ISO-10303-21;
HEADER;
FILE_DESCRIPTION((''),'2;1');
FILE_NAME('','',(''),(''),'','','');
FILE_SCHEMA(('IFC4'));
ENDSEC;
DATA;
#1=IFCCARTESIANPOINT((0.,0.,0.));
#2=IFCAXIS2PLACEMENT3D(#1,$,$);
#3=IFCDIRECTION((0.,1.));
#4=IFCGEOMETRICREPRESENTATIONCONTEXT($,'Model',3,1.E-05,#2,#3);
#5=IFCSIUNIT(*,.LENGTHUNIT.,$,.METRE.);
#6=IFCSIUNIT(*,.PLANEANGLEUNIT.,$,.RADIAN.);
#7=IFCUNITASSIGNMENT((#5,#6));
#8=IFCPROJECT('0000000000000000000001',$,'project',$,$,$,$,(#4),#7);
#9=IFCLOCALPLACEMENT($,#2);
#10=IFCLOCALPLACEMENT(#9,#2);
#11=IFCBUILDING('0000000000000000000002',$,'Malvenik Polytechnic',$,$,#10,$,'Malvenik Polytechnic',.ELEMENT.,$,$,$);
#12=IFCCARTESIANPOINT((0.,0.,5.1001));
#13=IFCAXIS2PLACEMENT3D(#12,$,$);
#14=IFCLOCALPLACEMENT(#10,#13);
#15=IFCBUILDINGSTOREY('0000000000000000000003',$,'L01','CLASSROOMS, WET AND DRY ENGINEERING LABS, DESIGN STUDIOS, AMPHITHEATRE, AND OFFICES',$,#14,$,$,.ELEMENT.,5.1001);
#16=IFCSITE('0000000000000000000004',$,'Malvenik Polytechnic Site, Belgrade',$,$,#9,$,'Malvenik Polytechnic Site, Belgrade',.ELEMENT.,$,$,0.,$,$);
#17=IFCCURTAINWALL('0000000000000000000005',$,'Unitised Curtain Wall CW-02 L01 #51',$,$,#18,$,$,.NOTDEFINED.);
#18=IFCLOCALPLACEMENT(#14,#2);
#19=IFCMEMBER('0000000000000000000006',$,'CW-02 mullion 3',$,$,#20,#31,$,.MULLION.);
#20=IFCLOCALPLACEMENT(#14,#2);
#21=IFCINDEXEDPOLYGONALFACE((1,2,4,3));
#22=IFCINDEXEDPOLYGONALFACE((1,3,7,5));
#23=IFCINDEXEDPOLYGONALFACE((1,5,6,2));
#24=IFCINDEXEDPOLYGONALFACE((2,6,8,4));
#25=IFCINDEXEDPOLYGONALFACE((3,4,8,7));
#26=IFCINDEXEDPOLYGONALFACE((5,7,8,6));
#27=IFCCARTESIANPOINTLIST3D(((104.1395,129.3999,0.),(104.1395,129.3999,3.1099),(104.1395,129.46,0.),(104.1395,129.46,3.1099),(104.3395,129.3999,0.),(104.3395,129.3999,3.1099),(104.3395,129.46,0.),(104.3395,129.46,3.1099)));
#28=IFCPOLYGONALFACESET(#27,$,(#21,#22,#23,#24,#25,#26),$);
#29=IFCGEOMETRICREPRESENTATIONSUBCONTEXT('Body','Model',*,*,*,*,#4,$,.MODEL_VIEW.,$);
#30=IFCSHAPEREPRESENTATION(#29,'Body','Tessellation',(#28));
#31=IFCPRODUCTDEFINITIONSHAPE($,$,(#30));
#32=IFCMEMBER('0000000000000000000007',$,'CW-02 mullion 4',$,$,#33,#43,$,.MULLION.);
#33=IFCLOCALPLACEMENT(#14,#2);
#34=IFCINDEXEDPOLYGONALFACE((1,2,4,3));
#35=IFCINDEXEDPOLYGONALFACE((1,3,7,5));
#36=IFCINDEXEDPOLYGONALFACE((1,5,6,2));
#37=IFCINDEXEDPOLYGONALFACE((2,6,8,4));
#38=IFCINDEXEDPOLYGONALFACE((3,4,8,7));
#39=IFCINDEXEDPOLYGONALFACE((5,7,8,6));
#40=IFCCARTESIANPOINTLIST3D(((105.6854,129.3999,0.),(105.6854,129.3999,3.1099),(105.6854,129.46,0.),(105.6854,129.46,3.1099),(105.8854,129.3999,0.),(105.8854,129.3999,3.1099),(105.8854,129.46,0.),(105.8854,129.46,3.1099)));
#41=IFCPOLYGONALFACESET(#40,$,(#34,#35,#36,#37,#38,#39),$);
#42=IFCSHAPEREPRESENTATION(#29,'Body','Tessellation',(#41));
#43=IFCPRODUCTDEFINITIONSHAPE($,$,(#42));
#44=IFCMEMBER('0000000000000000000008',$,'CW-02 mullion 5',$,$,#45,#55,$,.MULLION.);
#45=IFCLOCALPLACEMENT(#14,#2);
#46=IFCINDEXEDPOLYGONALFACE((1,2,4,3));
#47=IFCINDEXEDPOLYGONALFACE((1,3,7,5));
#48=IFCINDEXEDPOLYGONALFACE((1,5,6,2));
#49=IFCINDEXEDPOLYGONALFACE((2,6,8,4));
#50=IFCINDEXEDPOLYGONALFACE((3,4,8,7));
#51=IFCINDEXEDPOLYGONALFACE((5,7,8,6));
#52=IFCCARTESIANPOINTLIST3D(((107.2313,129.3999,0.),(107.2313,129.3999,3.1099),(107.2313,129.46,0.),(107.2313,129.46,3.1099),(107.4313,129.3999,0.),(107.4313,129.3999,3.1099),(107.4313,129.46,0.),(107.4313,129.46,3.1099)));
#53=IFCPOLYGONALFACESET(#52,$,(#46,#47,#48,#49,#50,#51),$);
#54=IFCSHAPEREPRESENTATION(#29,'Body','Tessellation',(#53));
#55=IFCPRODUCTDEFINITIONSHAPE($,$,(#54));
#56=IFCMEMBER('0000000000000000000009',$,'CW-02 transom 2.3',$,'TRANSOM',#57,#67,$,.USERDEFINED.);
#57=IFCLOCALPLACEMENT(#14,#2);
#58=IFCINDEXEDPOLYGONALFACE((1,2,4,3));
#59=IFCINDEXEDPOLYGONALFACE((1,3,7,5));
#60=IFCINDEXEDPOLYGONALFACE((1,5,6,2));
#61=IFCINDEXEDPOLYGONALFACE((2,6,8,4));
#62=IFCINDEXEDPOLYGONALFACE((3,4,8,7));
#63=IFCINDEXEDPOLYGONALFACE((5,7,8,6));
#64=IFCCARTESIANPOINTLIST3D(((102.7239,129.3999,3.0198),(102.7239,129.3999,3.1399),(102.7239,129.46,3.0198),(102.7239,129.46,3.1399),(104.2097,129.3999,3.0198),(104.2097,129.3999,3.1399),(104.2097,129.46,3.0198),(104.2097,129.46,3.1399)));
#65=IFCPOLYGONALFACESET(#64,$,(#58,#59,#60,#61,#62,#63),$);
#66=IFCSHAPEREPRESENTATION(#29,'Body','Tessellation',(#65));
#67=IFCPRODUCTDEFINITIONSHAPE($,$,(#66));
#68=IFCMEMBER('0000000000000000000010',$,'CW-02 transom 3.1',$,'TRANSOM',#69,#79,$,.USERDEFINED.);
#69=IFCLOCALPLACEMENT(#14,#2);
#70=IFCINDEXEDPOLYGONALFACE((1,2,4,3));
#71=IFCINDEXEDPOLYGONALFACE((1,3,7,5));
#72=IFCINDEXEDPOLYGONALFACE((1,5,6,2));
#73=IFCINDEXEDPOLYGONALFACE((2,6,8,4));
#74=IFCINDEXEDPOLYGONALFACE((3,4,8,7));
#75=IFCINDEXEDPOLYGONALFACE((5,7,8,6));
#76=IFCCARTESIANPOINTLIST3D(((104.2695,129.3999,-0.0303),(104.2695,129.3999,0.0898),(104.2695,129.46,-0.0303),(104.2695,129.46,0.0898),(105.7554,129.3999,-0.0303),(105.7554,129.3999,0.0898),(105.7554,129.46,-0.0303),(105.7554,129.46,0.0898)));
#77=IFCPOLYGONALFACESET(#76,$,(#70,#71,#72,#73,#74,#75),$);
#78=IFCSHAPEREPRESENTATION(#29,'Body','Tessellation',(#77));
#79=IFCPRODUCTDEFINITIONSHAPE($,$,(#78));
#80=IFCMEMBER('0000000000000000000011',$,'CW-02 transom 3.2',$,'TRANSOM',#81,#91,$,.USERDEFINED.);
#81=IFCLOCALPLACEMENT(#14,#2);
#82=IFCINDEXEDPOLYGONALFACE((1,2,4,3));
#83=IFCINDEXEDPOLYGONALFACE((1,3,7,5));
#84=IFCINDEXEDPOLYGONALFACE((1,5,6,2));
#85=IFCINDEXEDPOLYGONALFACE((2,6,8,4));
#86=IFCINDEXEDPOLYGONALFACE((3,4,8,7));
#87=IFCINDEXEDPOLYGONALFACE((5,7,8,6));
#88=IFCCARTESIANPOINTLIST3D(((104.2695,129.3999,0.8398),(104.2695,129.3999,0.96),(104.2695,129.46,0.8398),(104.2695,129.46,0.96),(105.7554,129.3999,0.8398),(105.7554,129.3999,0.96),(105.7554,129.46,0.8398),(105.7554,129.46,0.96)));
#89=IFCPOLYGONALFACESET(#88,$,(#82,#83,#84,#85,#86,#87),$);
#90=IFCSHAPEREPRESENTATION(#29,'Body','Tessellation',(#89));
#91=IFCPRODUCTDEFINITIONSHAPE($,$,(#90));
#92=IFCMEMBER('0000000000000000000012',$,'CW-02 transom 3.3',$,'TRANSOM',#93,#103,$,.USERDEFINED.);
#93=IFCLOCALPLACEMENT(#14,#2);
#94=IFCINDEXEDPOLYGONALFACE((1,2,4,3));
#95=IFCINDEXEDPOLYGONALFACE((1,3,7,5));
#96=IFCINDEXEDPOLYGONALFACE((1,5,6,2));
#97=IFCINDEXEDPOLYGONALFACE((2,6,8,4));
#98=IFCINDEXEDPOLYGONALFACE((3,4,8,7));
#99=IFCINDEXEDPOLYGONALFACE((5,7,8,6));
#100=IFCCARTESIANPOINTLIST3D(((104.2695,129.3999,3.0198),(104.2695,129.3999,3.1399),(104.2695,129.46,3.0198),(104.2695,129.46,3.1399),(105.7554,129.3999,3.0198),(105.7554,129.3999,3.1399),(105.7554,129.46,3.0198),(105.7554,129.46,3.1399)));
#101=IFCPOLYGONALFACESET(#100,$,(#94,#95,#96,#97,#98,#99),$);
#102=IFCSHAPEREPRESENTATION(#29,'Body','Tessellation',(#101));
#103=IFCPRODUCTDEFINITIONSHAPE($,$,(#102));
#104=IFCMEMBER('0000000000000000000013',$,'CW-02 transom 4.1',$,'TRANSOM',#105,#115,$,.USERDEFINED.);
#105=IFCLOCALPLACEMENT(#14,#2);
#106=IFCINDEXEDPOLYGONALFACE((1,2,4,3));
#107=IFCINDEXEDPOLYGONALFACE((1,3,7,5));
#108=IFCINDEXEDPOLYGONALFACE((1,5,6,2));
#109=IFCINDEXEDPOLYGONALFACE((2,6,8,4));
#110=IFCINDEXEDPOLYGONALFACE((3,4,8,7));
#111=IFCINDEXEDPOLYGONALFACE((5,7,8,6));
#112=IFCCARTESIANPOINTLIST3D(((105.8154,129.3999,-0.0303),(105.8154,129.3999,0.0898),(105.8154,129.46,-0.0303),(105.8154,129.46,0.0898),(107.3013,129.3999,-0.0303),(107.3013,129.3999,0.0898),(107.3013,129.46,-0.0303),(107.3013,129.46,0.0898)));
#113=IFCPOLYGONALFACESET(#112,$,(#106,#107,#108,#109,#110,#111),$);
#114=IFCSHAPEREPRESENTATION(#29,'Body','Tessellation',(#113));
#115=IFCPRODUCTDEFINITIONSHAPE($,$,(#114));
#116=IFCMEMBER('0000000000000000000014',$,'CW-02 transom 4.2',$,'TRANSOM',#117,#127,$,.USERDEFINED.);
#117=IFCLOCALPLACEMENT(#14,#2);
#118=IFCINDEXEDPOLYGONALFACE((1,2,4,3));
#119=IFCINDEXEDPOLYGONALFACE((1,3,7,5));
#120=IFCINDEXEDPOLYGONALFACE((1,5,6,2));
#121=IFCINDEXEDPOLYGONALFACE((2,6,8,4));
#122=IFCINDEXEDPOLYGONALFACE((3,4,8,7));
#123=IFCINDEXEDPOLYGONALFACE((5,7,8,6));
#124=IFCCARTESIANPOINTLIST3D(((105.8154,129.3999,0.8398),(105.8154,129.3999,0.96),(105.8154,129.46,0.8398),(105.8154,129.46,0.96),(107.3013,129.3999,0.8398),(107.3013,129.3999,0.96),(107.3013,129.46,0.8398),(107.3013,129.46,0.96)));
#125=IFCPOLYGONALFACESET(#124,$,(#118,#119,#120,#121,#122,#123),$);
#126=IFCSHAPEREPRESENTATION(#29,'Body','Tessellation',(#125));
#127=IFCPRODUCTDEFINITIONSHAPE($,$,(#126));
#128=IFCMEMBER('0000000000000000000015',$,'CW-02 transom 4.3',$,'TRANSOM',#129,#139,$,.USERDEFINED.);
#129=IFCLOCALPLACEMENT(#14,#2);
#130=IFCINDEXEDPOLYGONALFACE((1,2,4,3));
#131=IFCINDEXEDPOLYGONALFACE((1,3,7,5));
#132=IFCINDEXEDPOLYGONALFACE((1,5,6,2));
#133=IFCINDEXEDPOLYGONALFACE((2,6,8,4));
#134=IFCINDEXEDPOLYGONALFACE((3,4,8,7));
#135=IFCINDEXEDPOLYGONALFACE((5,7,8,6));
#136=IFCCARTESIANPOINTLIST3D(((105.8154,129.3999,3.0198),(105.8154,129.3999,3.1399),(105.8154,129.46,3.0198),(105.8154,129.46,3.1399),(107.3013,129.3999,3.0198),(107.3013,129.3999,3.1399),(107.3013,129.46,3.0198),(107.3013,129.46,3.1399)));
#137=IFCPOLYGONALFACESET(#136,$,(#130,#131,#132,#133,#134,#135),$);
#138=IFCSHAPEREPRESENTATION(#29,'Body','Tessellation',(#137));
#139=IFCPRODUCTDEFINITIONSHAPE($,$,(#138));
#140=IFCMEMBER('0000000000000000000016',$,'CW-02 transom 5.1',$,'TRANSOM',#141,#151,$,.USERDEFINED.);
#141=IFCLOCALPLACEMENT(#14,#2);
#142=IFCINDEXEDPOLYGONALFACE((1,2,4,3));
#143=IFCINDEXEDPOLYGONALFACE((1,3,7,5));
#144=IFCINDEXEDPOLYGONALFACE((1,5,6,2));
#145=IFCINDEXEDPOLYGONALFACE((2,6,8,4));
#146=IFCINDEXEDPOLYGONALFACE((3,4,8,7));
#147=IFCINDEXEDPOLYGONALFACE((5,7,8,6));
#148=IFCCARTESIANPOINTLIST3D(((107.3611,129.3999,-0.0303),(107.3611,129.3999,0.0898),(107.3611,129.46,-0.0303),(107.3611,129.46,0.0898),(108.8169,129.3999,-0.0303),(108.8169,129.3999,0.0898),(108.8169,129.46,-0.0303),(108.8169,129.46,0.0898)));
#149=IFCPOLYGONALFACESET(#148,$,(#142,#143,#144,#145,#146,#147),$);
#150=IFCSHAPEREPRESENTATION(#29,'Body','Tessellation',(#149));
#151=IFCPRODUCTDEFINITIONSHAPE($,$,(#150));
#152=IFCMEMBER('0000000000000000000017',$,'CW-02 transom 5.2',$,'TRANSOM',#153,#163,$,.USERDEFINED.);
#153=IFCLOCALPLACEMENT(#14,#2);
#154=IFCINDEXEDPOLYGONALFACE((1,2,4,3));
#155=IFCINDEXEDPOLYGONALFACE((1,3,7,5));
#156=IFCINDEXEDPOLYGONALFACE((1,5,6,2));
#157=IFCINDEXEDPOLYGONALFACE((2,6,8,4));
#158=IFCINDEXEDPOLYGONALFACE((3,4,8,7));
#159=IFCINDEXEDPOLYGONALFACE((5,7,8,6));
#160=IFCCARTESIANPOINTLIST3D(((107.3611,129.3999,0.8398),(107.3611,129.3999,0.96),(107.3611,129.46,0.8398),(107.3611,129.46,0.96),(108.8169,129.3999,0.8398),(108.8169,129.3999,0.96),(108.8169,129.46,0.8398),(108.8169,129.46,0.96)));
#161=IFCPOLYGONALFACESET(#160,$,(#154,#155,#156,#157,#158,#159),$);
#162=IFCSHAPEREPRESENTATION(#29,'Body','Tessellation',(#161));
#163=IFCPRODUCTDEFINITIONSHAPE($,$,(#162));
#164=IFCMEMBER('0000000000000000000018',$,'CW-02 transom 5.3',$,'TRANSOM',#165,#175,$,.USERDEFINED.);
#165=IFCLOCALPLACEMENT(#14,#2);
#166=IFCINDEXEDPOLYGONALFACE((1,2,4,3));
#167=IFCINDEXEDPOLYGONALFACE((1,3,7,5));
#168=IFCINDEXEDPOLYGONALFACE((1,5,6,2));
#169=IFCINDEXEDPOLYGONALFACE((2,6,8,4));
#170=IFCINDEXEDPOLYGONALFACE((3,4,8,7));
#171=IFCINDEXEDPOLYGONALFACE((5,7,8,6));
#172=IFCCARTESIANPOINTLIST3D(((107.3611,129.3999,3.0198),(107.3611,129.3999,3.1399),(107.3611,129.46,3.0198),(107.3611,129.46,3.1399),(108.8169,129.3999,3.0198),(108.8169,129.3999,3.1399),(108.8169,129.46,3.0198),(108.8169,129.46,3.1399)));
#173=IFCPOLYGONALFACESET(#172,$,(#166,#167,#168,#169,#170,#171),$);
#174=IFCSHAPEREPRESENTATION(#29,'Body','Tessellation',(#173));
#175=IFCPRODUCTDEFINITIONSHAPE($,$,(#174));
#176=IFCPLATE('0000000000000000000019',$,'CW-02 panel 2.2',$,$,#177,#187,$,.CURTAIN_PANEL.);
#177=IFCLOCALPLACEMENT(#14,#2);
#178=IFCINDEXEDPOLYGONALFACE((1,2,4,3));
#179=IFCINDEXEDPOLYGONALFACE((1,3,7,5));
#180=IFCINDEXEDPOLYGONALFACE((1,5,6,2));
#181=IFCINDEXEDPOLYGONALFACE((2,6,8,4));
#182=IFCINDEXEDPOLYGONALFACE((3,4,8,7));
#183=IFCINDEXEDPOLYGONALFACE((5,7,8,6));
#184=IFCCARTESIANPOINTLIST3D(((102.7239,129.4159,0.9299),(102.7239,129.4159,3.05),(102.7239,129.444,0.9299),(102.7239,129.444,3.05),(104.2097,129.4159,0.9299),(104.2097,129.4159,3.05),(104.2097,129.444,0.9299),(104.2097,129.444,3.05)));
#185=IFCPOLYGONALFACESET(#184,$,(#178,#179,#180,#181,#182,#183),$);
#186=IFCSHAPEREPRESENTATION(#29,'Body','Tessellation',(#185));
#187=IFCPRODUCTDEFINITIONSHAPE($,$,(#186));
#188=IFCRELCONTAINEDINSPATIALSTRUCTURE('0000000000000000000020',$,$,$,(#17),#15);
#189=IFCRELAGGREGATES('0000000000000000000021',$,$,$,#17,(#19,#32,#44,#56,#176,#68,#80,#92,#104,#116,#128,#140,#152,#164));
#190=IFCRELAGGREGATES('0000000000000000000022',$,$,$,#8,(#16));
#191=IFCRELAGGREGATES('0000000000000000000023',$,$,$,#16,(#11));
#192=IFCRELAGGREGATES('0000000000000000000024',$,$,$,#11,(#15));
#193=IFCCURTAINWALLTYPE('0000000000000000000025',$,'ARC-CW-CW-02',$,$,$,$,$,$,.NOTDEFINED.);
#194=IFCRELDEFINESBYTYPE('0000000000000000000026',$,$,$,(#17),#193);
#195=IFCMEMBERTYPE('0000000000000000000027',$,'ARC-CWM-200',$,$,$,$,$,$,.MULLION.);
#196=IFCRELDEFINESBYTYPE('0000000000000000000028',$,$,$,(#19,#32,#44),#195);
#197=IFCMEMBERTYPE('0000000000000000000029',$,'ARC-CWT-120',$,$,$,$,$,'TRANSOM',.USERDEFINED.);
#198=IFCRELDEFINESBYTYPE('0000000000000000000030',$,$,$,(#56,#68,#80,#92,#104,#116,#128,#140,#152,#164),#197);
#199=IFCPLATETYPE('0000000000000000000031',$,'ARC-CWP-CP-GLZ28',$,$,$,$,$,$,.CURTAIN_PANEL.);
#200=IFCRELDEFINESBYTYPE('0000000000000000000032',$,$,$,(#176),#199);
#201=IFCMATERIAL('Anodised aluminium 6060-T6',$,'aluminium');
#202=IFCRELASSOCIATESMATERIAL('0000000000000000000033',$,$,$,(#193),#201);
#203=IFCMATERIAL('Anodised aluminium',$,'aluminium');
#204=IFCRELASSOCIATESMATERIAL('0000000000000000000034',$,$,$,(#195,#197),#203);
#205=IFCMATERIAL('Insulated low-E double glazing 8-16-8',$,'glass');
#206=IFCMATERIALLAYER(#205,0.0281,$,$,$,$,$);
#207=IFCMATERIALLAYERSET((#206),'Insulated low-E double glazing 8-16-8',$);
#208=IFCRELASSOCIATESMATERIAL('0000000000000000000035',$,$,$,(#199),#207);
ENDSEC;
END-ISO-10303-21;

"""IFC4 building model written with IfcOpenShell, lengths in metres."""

from ifc_helpers import new_model, si_unit, direction, frame, origin, origin_2d, place, context, subcontext, project, spatial, rectangle, extrude, material, layer, layer_set, material_profile, profile_set, type_object, element, aggregate, save


model = new_model("IFC4")

# Units and contexts
model_context = context("Model", 3, precision=1e-05, world=origin(), true_north=direction((0.0, 1.0)))
body_context = subcontext(model_context, "Body", "Model", "MODEL_VIEW")
ifc_project = project(units=[si_unit("LENGTHUNIT", "METRE"), si_unit("PLANEANGLEUNIT", "RADIAN")], contexts=[model_context])

# Site, building, storey
site_placement = place(None, origin())
site = spatial("IfcSite", under=ifc_project, at=site_placement, Name="Malvenik Polytechnic Site, Belgrade", LongName="Malvenik Polytechnic Site, Belgrade", CompositionType="ELEMENT", RefElevation=0.0)
building_placement = place(site_placement, origin())
building = spatial("IfcBuilding", under=site, at=building_placement, Name="Malvenik Polytechnic", LongName="Malvenik Polytechnic", CompositionType="ELEMENT")
storey_placement = place(building_placement, frame((0.0, 0.0, 5.1001)))
storey = spatial("IfcBuildingStorey", under=building, at=storey_placement, Name="L01", Description="CLASSROOMS, WET AND DRY ENGINEERING LABS, DESIGN STUDIOS, AMPHITHEATRE, AND OFFICES", CompositionType="ELEMENT", Elevation=5.1001)

# Curtain wall, members, plate
ifc_material_1 = material(Name="Anodised aluminium 6060-T6", Category="aluminium")
curtain_wall_type = type_object("IfcCurtainWallType", Name="ARC-CW-CW-02", PredefinedType="NOTDEFINED", material=ifc_material_1)
curtain_wall_placement = place(storey_placement, origin())
curtain_wall = element("IfcCurtainWall", 1, at=curtain_wall_placement, inside=storey, type_object=curtain_wall_type, Name="Unitised Curtain Wall CW-02 L01 #51", PredefinedType="NOTDEFINED")
ifc_material_2 = material(Name="Anodised aluminium", Category="aluminium")
ifc_material_profile_1 = material_profile(ifc_material_2, rectangle(XDim=0.0601, YDim=0.2, at=origin_2d()), Name="ALU MULLION 60x200")
ifc_profile_set_1 = profile_set([ifc_material_profile_1], Name="Anodised aluminium")
member_type_1 = type_object("IfcMemberType", Name="ARC-CWM-200", PredefinedType="MULLION", material=ifc_profile_set_1)
member_1_placement = place(storey_placement, frame((104.2395, 129.4299, 0.0), z_axis=(0.0, 0.0, 1.0), x_axis=(0.0, 1.0, 0.0)))
member_1 = element("IfcMember", 2, at=member_1_placement, type_object=member_type_1, Name="CW-02 mullion 3", PredefinedType="MULLION", context=body_context, shape_type="SweptSolid", body=[
    extrude(rectangle(XDim=0.0601, YDim=0.2, at=origin_2d()), origin(), (0.0, 0.0, 1.0), 3.1099),
])
member_2_placement = place(storey_placement, frame((105.7854, 129.4299, 0.0), z_axis=(0.0, 0.0, 1.0), x_axis=(0.0, 1.0, 0.0)))
member_2 = element("IfcMember", 3, at=member_2_placement, type_object=member_type_1, Name="CW-02 mullion 4", PredefinedType="MULLION", context=body_context, shape_type="SweptSolid", body=[
    extrude(rectangle(XDim=0.0601, YDim=0.2, at=origin_2d()), origin(), (0.0, 0.0, 1.0), 3.1099),
])
member_3_placement = place(storey_placement, frame((107.3313, 129.4299, 0.0), z_axis=(0.0, 0.0, 1.0), x_axis=(0.0, 1.0, 0.0)))
member_3 = element("IfcMember", 4, at=member_3_placement, type_object=member_type_1, Name="CW-02 mullion 5", PredefinedType="MULLION", context=body_context, shape_type="SweptSolid", body=[
    extrude(rectangle(XDim=0.0601, YDim=0.2, at=origin_2d()), origin(), (0.0, 0.0, 1.0), 3.1099),
])
ifc_material_profile_2 = material_profile(ifc_material_2, rectangle(XDim=0.0601, YDim=0.1201, at=origin_2d()), Name="ALU TRANSOM 60x120")
ifc_profile_set_2 = profile_set([ifc_material_profile_2], Name="Anodised aluminium")
member_type_2 = type_object("IfcMemberType", Name="ARC-CWT-120", ElementType="TRANSOM", PredefinedType="USERDEFINED", material=ifc_profile_set_2)
member_4_placement = place(storey_placement, frame((102.7239, 129.4299, 3.0798), z_axis=(1.0, 0.0, 0.0), x_axis=(0.0, 1.0, 0.0)))
member_4 = element("IfcMember", 5, at=member_4_placement, type_object=member_type_2, Name="CW-02 transom 2.3", ObjectType="TRANSOM", PredefinedType="USERDEFINED", context=body_context, shape_type="SweptSolid", body=[
    extrude(rectangle(XDim=0.0601, YDim=0.1201, at=origin_2d()), origin(), (0.0, 0.0, 1.0), 1.4858),
])
member_5_placement = place(storey_placement, frame((104.2695, 129.4299, 0.0298), z_axis=(1.0, 0.0, 0.0), x_axis=(0.0, 1.0, 0.0)))
member_5 = element("IfcMember", 6, at=member_5_placement, type_object=member_type_2, Name="CW-02 transom 3.1", ObjectType="TRANSOM", PredefinedType="USERDEFINED", context=body_context, shape_type="SweptSolid", body=[
    extrude(rectangle(XDim=0.0601, YDim=0.1201, at=origin_2d()), origin(), (0.0, 0.0, 1.0), 1.4858),
])
member_6_placement = place(storey_placement, frame((104.2695, 129.4299, 0.8999), z_axis=(1.0, 0.0, 0.0), x_axis=(0.0, 1.0, 0.0)))
member_6 = element("IfcMember", 7, at=member_6_placement, type_object=member_type_2, Name="CW-02 transom 3.2", ObjectType="TRANSOM", PredefinedType="USERDEFINED", context=body_context, shape_type="SweptSolid", body=[
    extrude(rectangle(XDim=0.0601, YDim=0.1201, at=origin_2d()), origin(), (0.0, 0.0, 1.0), 1.4858),
])
member_7_placement = place(storey_placement, frame((104.2695, 129.4299, 3.0798), z_axis=(1.0, 0.0, 0.0), x_axis=(0.0, 1.0, 0.0)))
member_7 = element("IfcMember", 8, at=member_7_placement, type_object=member_type_2, Name="CW-02 transom 3.3", ObjectType="TRANSOM", PredefinedType="USERDEFINED", context=body_context, shape_type="SweptSolid", body=[
    extrude(rectangle(XDim=0.0601, YDim=0.1201, at=origin_2d()), origin(), (0.0, 0.0, 1.0), 1.4858),
])
member_8_placement = place(storey_placement, frame((105.8154, 129.4299, 0.0298), z_axis=(1.0, 0.0, 0.0), x_axis=(0.0, 1.0, 0.0)))
member_8 = element("IfcMember", 9, at=member_8_placement, type_object=member_type_2, Name="CW-02 transom 4.1", ObjectType="TRANSOM", PredefinedType="USERDEFINED", context=body_context, shape_type="SweptSolid", body=[
    extrude(rectangle(XDim=0.0601, YDim=0.1201, at=origin_2d()), origin(), (0.0, 0.0, 1.0), 1.4858),
])
member_9_placement = place(storey_placement, frame((105.8154, 129.4299, 0.8999), z_axis=(1.0, 0.0, 0.0), x_axis=(0.0, 1.0, 0.0)))
member_9 = element("IfcMember", 10, at=member_9_placement, type_object=member_type_2, Name="CW-02 transom 4.2", ObjectType="TRANSOM", PredefinedType="USERDEFINED", context=body_context, shape_type="SweptSolid", body=[
    extrude(rectangle(XDim=0.0601, YDim=0.1201, at=origin_2d()), origin(), (0.0, 0.0, 1.0), 1.4858),
])
member_10_placement = place(storey_placement, frame((105.8154, 129.4299, 3.0798), z_axis=(1.0, 0.0, 0.0), x_axis=(0.0, 1.0, 0.0)))
member_10 = element("IfcMember", 11, at=member_10_placement, type_object=member_type_2, Name="CW-02 transom 4.3", ObjectType="TRANSOM", PredefinedType="USERDEFINED", context=body_context, shape_type="SweptSolid", body=[
    extrude(rectangle(XDim=0.0601, YDim=0.1201, at=origin_2d()), origin(), (0.0, 0.0, 1.0), 1.4858),
])
member_11_placement = place(storey_placement, frame((107.3611, 129.4299, 0.0298), z_axis=(1.0, 0.0, 0.0), x_axis=(0.0, 1.0, 0.0)))
member_11 = element("IfcMember", 12, at=member_11_placement, type_object=member_type_2, Name="CW-02 transom 5.1", ObjectType="TRANSOM", PredefinedType="USERDEFINED", context=body_context, shape_type="SweptSolid", body=[
    extrude(rectangle(XDim=0.0601, YDim=0.1201, at=origin_2d()), origin(), (0.0, 0.0, 1.0), 1.4558),
])
member_12_placement = place(storey_placement, frame((107.3611, 129.4299, 0.8999), z_axis=(1.0, 0.0, 0.0), x_axis=(0.0, 1.0, 0.0)))
member_12 = element("IfcMember", 13, at=member_12_placement, type_object=member_type_2, Name="CW-02 transom 5.2", ObjectType="TRANSOM", PredefinedType="USERDEFINED", context=body_context, shape_type="SweptSolid", body=[
    extrude(rectangle(XDim=0.0601, YDim=0.1201, at=origin_2d()), origin(), (0.0, 0.0, 1.0), 1.4558),
])
member_13_placement = place(storey_placement, frame((107.3611, 129.4299, 3.0798), z_axis=(1.0, 0.0, 0.0), x_axis=(0.0, 1.0, 0.0)))
member_13 = element("IfcMember", 14, at=member_13_placement, type_object=member_type_2, Name="CW-02 transom 5.3", ObjectType="TRANSOM", PredefinedType="USERDEFINED", context=body_context, shape_type="SweptSolid", body=[
    extrude(rectangle(XDim=0.0601, YDim=0.1201, at=origin_2d()), origin(), (0.0, 0.0, 1.0), 1.4558),
])
ifc_material_3 = material(Name="Insulated low-E double glazing 8-16-8", Category="glass")
ifc_layer_1 = layer(ifc_material_3, 0.0281)
ifc_layer_set_1 = layer_set([ifc_layer_1], Name="Insulated low-E double glazing 8-16-8")
plate_type_1 = type_object("IfcPlateType", Name="ARC-CWP-CP-GLZ28", PredefinedType="CURTAIN_PANEL", material=ifc_layer_set_1)
plate_1_placement = place(storey_placement, frame((103.4668, 129.4299, 0.9299), z_axis=(0.0, 0.0, 1.0), x_axis=(1.0, 0.0, 0.0)))
plate_1 = element("IfcPlate", 15, at=plate_1_placement, type_object=plate_type_1, Name="CW-02 panel 2.2", PredefinedType="CURTAIN_PANEL", context=body_context, shape_type="SweptSolid", body=[
    extrude(rectangle(XDim=1.4858, YDim=0.0281, at=origin_2d()), origin(), (0.0, 0.0, 1.0), 2.1201),
])
aggregate(curtain_wall, [member_1, member_2, member_3, member_4, plate_1, member_5, member_6, member_7, member_8, member_9, member_10, member_11, member_12, member_13])

save(model, "model.ifc")
